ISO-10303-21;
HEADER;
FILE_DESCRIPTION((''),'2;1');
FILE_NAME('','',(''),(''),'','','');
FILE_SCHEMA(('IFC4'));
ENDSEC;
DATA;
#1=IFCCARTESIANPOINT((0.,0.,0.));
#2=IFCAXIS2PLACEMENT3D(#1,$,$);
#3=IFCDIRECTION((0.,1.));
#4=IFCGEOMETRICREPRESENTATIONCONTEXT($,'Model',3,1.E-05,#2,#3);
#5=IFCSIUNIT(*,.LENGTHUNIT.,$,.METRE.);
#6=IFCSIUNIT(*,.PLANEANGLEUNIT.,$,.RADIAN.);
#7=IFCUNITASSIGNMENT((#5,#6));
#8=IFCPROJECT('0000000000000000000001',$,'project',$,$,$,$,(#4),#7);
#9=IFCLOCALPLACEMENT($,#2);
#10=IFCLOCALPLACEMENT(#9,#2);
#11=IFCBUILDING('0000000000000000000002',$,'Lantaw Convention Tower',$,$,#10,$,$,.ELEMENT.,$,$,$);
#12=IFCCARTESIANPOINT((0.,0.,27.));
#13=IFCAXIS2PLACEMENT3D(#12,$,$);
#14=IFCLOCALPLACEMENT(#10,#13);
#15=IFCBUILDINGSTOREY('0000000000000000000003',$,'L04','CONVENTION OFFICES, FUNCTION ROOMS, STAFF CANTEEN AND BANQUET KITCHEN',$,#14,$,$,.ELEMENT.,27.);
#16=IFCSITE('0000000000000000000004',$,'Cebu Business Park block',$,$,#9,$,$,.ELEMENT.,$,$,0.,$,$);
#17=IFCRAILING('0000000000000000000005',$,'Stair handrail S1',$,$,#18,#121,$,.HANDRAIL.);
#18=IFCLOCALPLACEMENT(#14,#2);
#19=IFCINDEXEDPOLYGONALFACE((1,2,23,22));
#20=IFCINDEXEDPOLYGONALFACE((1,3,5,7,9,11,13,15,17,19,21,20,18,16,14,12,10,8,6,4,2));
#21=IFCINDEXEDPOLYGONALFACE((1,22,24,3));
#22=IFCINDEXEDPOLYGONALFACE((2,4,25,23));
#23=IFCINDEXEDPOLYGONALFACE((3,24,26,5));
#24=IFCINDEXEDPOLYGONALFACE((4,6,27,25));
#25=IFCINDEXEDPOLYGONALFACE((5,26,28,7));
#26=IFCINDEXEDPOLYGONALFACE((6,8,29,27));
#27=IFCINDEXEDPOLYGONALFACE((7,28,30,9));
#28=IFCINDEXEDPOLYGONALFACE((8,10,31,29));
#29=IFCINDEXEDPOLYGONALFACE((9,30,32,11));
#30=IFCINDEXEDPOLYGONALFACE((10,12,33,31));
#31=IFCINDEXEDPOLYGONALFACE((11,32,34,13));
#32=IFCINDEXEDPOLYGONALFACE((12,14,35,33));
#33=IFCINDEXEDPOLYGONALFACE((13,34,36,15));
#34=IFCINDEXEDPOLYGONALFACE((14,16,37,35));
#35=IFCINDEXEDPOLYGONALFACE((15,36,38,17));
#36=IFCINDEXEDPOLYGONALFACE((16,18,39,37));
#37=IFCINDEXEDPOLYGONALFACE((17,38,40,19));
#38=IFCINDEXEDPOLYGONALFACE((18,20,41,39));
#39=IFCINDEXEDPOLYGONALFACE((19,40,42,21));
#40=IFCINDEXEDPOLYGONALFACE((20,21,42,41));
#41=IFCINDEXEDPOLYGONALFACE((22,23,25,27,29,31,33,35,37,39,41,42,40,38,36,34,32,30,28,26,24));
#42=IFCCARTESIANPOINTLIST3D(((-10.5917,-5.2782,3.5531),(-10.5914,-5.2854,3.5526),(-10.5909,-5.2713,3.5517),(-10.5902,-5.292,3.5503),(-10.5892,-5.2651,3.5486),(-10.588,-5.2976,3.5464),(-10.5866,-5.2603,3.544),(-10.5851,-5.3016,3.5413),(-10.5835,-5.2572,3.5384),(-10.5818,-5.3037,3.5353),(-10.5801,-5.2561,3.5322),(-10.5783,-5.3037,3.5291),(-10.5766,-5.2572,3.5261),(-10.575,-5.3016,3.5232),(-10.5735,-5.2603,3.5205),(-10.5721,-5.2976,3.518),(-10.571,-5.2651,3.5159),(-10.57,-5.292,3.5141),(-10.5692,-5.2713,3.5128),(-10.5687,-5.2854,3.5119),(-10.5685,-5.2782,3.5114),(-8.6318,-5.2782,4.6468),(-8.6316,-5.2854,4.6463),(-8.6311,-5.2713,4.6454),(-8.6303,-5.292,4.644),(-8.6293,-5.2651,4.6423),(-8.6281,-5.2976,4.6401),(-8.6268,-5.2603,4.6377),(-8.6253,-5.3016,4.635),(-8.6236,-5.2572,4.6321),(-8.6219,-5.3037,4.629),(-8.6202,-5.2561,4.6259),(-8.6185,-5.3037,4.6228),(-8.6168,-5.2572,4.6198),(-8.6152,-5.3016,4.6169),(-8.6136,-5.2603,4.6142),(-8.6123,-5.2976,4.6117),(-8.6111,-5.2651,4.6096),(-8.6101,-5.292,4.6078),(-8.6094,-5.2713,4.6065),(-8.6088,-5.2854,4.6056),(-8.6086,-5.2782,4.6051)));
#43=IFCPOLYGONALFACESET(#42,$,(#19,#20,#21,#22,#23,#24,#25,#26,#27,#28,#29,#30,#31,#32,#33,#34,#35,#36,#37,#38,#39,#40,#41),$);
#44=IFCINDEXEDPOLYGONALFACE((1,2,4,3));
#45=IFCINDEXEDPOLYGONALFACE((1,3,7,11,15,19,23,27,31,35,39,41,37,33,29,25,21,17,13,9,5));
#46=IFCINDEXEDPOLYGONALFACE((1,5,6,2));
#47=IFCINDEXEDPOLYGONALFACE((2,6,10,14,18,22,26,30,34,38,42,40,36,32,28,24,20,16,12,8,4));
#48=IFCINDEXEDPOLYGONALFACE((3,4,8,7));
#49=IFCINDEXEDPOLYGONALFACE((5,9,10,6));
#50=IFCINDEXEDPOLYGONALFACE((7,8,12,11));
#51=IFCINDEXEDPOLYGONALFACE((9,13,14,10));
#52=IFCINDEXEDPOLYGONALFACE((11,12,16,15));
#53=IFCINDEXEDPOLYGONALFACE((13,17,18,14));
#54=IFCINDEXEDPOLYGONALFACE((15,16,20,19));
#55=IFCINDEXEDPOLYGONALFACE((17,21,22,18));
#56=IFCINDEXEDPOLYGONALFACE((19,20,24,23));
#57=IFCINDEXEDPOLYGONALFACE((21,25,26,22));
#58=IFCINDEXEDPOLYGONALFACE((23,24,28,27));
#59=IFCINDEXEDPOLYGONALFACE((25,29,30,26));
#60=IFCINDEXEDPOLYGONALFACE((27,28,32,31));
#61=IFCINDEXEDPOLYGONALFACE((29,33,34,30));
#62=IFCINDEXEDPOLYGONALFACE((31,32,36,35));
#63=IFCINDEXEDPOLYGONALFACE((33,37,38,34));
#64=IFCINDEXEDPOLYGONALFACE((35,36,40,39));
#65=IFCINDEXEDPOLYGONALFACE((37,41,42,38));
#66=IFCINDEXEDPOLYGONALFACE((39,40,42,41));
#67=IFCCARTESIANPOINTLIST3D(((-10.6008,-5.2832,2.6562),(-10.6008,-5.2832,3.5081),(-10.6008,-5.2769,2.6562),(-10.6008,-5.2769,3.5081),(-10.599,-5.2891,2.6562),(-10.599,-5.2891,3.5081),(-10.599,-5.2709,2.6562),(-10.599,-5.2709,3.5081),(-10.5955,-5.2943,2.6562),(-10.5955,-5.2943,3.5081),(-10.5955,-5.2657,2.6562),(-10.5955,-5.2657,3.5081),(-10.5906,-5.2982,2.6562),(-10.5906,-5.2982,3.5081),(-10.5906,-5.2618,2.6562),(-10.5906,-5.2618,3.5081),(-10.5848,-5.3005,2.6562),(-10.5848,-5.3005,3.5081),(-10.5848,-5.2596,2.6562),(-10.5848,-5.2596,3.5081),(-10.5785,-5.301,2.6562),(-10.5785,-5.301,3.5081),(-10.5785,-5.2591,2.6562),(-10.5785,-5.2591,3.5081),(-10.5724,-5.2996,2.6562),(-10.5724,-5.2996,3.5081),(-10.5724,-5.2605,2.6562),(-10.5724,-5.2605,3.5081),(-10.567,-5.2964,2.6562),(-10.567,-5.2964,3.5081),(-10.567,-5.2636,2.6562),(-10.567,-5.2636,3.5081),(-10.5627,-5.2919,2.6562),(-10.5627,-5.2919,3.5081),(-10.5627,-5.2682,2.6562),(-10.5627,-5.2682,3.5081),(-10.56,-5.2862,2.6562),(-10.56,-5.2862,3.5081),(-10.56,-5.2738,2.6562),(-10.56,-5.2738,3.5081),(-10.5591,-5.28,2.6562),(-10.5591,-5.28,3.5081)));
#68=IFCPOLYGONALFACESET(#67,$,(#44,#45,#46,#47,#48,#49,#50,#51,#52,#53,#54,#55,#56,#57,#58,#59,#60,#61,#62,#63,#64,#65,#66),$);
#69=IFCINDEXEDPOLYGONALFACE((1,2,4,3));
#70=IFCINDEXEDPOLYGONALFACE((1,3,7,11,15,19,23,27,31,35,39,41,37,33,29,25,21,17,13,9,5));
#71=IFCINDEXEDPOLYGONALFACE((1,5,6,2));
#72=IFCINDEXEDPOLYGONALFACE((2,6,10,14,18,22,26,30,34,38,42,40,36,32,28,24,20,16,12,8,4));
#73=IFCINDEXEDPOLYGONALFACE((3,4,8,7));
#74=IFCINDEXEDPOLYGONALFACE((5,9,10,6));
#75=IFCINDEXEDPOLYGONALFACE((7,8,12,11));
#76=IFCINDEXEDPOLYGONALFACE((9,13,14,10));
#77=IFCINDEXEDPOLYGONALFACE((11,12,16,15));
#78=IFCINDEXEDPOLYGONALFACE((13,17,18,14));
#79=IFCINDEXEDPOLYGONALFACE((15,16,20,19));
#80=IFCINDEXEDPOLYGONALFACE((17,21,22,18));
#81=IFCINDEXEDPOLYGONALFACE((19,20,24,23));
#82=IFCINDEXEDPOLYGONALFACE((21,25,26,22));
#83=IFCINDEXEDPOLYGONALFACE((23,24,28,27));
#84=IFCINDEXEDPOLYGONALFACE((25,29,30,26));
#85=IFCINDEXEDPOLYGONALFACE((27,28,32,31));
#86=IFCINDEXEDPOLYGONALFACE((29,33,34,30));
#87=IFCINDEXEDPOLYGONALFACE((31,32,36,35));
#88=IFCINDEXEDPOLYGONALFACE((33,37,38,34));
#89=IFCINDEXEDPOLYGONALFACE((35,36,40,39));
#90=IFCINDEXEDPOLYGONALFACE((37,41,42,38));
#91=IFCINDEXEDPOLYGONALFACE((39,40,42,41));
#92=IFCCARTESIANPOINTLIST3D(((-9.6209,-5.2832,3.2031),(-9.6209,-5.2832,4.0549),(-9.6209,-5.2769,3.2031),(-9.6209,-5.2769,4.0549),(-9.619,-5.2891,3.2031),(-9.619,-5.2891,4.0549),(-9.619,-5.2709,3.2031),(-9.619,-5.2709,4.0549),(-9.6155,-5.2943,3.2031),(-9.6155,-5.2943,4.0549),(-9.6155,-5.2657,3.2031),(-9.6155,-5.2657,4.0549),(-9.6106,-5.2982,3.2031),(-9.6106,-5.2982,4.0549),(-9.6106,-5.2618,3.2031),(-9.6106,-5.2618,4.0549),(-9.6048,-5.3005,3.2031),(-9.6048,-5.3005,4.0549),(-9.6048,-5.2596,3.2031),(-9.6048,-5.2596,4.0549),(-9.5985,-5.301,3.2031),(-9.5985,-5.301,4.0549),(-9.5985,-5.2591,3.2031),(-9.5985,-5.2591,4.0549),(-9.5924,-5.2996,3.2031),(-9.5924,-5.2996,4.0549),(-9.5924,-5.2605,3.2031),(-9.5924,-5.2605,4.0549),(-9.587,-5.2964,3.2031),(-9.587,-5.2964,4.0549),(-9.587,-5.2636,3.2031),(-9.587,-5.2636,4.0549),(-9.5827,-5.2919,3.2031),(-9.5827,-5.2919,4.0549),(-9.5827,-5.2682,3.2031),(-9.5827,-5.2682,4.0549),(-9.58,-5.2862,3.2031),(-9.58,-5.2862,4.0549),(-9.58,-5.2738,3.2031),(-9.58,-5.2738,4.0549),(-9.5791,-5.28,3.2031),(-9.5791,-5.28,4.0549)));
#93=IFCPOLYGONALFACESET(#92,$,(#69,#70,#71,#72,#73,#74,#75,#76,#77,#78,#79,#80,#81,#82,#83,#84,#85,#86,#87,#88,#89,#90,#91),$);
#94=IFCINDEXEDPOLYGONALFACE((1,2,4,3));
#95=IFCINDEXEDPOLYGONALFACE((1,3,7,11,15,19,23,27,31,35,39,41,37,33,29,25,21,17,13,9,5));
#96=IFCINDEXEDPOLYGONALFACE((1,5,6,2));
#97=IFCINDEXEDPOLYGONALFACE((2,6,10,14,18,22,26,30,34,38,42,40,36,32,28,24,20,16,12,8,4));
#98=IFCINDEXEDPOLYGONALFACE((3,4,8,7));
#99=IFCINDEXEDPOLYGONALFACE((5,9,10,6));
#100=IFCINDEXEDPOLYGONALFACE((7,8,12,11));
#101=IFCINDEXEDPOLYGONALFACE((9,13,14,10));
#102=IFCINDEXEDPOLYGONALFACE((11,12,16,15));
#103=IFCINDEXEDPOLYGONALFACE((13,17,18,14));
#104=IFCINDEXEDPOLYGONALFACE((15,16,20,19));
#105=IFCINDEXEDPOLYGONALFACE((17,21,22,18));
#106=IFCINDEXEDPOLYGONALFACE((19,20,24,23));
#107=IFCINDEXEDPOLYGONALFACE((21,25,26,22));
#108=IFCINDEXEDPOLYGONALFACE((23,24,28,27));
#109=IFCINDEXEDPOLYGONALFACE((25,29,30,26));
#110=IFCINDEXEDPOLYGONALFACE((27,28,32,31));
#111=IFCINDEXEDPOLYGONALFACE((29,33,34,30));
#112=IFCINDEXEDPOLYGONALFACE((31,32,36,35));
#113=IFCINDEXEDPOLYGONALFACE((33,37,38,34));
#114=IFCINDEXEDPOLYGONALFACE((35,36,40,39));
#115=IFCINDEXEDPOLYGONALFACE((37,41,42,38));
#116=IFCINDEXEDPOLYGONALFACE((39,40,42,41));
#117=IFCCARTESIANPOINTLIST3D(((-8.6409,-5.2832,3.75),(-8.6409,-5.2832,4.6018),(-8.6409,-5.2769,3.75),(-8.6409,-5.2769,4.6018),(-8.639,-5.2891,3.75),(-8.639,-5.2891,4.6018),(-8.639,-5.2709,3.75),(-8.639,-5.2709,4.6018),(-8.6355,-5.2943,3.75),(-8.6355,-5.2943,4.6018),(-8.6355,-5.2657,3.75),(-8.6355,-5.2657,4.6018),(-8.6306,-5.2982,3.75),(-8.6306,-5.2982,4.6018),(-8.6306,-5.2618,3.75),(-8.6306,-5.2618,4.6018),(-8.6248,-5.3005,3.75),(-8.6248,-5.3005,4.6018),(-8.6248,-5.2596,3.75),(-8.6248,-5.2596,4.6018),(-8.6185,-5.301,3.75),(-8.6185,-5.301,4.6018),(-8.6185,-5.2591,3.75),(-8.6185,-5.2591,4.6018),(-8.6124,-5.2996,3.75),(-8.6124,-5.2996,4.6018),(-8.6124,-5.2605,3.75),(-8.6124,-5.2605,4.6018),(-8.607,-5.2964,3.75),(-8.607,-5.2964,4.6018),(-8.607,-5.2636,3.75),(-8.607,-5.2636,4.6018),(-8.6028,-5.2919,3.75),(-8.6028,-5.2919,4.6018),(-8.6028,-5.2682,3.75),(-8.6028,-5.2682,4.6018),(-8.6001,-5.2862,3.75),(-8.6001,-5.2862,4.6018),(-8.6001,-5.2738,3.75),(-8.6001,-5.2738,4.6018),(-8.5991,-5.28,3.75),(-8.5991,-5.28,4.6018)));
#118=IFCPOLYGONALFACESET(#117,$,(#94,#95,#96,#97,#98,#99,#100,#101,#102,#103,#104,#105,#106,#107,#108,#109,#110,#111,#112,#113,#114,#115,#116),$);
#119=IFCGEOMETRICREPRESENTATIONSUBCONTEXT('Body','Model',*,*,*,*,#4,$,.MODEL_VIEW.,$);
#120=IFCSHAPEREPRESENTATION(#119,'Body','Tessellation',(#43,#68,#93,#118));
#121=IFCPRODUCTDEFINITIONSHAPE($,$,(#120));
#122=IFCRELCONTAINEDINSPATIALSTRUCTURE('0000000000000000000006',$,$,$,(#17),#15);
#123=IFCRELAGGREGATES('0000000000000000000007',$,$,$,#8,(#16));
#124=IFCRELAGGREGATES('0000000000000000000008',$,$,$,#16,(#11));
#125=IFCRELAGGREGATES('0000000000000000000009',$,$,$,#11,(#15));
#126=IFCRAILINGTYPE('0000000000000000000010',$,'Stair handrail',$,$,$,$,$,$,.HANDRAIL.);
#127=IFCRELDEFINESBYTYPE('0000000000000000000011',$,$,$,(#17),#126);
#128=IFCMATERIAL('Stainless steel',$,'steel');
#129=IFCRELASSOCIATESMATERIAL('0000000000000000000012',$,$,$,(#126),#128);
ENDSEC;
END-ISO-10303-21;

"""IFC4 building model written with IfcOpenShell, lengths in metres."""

from ifc_helpers import new_model, si_unit, direction, frame, origin, origin_2d, place, context, subcontext, project, spatial, circle, extrude, material, type_object, element, save


model = new_model("IFC4")

# Units and contexts
model_context = context("Model", 3, precision=1e-05, world=origin(), true_north=direction((0.0, 1.0)))
body_context = subcontext(model_context, "Body", "Model", "MODEL_VIEW")
ifc_project = project(units=[si_unit("LENGTHUNIT", "METRE"), si_unit("PLANEANGLEUNIT", "RADIAN")], contexts=[model_context])

# Site, building, storey
site_placement = place(None, origin())
site = spatial("IfcSite", under=ifc_project, at=site_placement, Name="Cebu Business Park block", CompositionType="ELEMENT", RefElevation=0.0)
building_placement = place(site_placement, origin())
building = spatial("IfcBuilding", under=site, at=building_placement, Name="Lantaw Convention Tower", CompositionType="ELEMENT")
storey_placement = place(building_placement, frame((0.0, 0.0, 27.0)))
storey = spatial("IfcBuildingStorey", under=building, at=storey_placement, Name="L04", Description="CONVENTION OFFICES, FUNCTION ROOMS, STAFF CANTEEN AND BANQUET KITCHEN", CompositionType="ELEMENT", Elevation=27.0)

# Railing
ifc_material_1 = material(Name="Stainless steel", Category="steel")
railing_type = type_object("IfcRailingType", Name="Stair handrail", PredefinedType="HANDRAIL", material=ifc_material_1)
railing_1_placement = place(storey_placement, frame((-10.5801, -5.28, 2.6562)))
element("IfcRailing", 1, at=railing_1_placement, inside=storey, type_object=railing_type, Name="Stair handrail S1", PredefinedType="HANDRAIL", context=body_context, shape_type="SweptSolid", body=[
    extrude(circle(Radius=0.0239, at=origin_2d()), frame((0.0, 0.0, 0.876), z_axis=(0.873232, 0.0, 0.487304), x_axis=(0.0, 1.0, 0.0)), (0.0, 0.0, 1.0), 2.2444),
    extrude(circle(Radius=0.021, at=origin_2d()), origin(), (0.0, 0.0, 1.0), 0.8518),
    extrude(circle(Radius=0.021, at=origin_2d()), frame((0.98, 0.0, 0.5469)), (0.0, 0.0, 1.0), 0.8518),
    extrude(circle(Radius=0.021, at=origin_2d()), frame((1.96, 0.0, 1.0938)), (0.0, 0.0, 1.0), 0.8518),
])

save(model, "model.ifc")
